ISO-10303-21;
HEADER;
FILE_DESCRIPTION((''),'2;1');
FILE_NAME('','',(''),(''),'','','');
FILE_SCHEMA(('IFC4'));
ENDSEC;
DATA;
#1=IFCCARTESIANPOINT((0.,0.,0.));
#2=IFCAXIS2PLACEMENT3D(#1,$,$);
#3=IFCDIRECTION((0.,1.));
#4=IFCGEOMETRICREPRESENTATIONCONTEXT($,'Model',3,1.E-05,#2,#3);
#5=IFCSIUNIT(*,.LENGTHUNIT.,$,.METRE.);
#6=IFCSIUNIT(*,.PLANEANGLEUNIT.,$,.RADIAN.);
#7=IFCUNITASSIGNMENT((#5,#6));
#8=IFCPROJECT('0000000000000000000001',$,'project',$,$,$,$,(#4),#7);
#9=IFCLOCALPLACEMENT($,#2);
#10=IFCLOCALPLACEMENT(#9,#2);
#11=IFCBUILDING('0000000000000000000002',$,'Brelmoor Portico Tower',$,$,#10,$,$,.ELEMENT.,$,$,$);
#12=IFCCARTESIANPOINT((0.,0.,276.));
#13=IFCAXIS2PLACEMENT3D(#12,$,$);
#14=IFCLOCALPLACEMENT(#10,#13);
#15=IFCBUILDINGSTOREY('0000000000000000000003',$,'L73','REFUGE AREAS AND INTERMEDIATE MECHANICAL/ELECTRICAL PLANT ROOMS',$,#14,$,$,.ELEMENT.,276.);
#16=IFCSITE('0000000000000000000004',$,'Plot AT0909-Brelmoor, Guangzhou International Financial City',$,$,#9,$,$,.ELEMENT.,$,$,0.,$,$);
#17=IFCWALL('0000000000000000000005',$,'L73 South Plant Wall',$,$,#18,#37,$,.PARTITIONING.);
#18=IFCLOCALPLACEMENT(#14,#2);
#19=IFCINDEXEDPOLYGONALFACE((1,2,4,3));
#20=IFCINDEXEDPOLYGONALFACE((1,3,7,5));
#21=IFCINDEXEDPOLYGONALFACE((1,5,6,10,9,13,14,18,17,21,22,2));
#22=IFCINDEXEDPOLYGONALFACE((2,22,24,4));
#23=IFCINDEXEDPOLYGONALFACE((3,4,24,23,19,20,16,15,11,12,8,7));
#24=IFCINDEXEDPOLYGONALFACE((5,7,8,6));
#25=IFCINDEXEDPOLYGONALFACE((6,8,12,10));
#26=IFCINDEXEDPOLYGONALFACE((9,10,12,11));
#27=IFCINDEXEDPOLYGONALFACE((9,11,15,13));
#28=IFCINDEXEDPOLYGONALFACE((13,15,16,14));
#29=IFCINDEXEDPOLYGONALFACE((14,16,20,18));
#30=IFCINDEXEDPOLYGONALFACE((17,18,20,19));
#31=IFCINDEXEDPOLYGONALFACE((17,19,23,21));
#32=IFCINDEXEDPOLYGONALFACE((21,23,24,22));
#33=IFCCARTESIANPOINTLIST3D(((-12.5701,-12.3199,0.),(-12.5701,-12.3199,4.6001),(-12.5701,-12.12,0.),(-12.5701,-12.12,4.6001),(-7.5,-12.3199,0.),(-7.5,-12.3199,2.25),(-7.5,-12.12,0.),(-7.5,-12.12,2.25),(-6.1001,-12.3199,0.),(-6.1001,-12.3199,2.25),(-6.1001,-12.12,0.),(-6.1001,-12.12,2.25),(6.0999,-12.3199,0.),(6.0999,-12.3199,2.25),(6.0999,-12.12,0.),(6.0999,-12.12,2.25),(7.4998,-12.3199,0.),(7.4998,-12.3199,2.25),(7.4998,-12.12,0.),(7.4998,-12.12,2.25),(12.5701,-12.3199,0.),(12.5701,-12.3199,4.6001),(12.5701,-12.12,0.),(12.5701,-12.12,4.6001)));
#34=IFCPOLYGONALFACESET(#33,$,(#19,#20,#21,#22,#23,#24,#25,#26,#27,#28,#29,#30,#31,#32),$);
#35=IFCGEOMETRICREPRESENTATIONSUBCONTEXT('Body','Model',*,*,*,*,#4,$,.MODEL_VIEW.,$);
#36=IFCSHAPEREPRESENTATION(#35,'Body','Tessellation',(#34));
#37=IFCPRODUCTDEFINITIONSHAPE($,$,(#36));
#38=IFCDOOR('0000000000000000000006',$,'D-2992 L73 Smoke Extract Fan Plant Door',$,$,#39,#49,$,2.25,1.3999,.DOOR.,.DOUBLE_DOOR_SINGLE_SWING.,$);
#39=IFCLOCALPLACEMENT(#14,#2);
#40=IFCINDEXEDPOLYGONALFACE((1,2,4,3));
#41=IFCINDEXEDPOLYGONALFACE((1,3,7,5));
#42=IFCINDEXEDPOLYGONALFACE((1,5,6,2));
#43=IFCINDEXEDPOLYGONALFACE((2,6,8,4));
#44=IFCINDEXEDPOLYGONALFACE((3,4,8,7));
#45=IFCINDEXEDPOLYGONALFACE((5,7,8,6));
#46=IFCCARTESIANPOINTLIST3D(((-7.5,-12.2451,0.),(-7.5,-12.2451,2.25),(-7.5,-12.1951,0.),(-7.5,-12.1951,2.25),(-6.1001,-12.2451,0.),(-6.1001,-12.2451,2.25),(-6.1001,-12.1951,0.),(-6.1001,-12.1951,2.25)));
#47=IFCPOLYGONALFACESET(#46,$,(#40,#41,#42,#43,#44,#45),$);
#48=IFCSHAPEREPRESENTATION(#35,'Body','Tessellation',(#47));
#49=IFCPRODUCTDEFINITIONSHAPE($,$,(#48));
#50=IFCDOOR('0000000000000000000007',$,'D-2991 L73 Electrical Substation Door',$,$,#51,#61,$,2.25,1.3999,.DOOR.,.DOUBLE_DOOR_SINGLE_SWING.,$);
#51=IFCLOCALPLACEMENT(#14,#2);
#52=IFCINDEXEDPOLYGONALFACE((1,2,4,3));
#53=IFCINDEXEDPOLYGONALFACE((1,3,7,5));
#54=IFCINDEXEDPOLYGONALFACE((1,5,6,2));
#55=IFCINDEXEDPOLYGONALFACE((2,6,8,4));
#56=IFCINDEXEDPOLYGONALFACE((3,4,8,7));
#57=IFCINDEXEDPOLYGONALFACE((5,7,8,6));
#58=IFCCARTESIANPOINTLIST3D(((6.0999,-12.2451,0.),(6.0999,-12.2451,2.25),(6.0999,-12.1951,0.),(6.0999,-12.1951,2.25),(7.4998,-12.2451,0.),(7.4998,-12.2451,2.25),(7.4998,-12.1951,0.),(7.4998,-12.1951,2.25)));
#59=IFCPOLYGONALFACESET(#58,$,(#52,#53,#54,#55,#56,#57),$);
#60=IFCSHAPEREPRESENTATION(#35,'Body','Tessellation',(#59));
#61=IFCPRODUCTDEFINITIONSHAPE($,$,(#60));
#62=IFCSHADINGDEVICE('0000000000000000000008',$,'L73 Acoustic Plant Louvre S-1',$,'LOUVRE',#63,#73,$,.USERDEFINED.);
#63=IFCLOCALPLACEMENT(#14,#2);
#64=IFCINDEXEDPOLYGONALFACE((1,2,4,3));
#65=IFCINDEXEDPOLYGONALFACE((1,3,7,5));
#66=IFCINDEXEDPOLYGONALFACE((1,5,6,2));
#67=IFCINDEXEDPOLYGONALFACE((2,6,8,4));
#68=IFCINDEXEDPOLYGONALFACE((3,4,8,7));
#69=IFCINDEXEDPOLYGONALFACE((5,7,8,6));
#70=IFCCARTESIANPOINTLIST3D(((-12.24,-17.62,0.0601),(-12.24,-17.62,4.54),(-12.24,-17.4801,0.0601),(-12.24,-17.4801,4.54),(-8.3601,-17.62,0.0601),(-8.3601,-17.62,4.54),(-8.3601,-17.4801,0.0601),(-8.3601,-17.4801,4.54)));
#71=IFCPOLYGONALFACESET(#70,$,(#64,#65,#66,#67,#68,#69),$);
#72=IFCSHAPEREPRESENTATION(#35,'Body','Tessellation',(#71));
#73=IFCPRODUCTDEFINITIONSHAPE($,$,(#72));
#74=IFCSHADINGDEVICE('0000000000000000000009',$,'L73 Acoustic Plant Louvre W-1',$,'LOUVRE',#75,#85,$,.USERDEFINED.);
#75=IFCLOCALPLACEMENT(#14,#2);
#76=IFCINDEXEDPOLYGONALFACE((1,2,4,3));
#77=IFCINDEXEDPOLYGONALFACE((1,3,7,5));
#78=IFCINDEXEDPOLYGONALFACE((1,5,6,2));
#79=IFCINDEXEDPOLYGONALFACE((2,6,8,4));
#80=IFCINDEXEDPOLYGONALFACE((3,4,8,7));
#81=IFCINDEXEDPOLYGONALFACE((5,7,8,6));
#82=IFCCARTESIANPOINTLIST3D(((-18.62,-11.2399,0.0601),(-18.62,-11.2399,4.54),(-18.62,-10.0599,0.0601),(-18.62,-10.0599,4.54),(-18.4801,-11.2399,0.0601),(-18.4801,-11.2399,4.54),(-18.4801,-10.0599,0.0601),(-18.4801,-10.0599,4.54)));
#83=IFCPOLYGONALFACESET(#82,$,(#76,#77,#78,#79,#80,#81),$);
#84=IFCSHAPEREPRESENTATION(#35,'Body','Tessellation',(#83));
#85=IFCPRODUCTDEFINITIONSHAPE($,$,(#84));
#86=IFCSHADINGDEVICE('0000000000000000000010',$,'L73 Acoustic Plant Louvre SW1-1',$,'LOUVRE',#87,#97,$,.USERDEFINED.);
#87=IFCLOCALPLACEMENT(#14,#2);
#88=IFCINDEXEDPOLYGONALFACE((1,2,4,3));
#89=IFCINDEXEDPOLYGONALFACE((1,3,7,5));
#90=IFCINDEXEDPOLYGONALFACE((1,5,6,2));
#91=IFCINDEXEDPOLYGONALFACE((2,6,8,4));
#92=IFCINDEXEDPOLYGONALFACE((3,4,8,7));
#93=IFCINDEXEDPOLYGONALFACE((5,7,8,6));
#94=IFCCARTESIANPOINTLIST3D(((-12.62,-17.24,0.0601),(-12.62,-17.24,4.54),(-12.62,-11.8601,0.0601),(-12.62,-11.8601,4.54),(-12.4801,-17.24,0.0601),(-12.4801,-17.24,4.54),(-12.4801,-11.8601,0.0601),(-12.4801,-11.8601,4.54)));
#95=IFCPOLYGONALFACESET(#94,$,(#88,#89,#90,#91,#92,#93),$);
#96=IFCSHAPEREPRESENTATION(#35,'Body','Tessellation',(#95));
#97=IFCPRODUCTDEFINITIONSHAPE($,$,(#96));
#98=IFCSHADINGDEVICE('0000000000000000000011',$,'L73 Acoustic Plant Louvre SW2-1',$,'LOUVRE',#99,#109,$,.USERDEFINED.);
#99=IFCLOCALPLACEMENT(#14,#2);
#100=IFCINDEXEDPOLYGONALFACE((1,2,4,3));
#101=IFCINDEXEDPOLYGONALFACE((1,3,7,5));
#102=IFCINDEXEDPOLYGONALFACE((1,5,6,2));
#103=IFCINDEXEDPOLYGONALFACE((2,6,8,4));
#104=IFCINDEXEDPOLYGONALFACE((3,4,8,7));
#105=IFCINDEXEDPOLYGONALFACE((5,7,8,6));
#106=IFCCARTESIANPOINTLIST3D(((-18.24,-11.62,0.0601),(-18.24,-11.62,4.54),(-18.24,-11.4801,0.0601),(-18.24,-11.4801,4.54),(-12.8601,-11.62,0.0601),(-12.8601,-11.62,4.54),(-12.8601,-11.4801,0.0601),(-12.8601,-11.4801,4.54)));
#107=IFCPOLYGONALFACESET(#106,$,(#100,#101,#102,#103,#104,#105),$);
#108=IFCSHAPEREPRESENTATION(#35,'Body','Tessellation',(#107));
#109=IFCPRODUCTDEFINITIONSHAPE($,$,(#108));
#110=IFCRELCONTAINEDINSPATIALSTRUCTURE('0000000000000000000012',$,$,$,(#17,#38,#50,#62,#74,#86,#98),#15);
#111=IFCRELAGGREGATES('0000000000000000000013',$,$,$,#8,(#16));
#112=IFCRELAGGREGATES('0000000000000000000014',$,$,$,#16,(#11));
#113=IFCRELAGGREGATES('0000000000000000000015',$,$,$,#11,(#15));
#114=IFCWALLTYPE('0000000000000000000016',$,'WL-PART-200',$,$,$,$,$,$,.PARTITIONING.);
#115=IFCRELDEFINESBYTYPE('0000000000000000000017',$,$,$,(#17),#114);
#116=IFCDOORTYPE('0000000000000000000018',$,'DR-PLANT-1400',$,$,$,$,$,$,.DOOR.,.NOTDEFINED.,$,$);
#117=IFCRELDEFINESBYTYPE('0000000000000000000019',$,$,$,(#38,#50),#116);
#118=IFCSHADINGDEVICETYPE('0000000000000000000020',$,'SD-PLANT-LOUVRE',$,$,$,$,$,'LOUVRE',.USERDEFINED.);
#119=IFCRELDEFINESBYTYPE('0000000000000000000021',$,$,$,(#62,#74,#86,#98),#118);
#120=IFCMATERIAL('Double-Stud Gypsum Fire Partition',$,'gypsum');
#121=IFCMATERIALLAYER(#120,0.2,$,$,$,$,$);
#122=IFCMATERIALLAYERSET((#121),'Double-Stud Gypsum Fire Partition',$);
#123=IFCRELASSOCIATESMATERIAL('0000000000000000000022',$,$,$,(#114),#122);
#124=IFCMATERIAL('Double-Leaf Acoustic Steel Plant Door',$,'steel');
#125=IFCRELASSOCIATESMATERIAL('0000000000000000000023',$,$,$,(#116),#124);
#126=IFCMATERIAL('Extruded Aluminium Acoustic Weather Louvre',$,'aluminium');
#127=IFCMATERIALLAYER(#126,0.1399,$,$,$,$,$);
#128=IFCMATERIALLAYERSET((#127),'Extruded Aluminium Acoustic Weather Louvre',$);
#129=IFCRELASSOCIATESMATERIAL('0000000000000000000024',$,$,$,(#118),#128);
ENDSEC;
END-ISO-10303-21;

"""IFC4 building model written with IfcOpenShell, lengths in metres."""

from ifc_helpers import new_model, si_unit, direction, frame, frame_2d, origin, origin_2d, place, context, subcontext, project, spatial, rectangle, extrude, material, layer, layer_set, type_object, element, fill, save


model = new_model("IFC4")

# Units and contexts
model_context = context("Model", 3, precision=1e-05, world=origin(), true_north=direction((0.0, 1.0)))
body_context = subcontext(model_context, "Body", "Model", "MODEL_VIEW")
ifc_project = project(units=[si_unit("LENGTHUNIT", "METRE"), si_unit("PLANEANGLEUNIT", "RADIAN")], contexts=[model_context])

# Site, building, storey
site_placement = place(None, origin())
site = spatial("IfcSite", under=ifc_project, at=site_placement, Name="Plot AT0909-Brelmoor, Guangzhou International Financial City", CompositionType="ELEMENT", RefElevation=0.0)
building_placement = place(site_placement, origin())
building = spatial("IfcBuilding", under=site, at=building_placement, Name="Brelmoor Portico Tower", CompositionType="ELEMENT")
storey_placement = place(building_placement, frame((0.0, 0.0, 276.0)))
storey = spatial("IfcBuildingStorey", under=building, at=storey_placement, Name="L73", Description="REFUGE AREAS AND INTERMEDIATE MECHANICAL/ELECTRICAL PLANT ROOMS", CompositionType="ELEMENT", Elevation=276.0)

# Shared definitions
ifc_material_1 = material(Name="Double-Stud Gypsum Fire Partition", Category="gypsum")
ifc_layer_1 = layer(ifc_material_1, 0.2)
ifc_layer_set_1 = layer_set([ifc_layer_1], Name="Double-Stud Gypsum Fire Partition")
wall_type_1 = type_object("IfcWallType", Name="WL-PART-200", PredefinedType="PARTITIONING", material=ifc_layer_set_1)

# Wall, openings, doors
wall_1_placement = place(storey_placement, frame((-12.5701, -12.22, 0.0), z_axis=(0.0, 0.0, 1.0), x_axis=(1.0, 0.0, 0.0)))
wall_1 = element("IfcWall", 1, at=wall_1_placement, inside=storey, type_object=wall_type_1, Name="L73 South Plant Wall", PredefinedType="PARTITIONING", context=body_context, shape_type="SweptSolid", body=[
    extrude(rectangle(XDim=25.1401, YDim=0.2, at=frame_2d((12.5701, 0.0))), origin(), (0.0, 0.0, 1.0), 4.6001),
])
opening_1_placement = place(wall_1_placement, frame((5.0701, 0.0, 0.0)))
opening_1 = element("IfcOpeningElement", 2, at=opening_1_placement, cuts=wall_1, PredefinedType="OPENING", context=body_context, shape_type="SweptSolid", body=[
    extrude(rectangle(XDim=1.3999, YDim=2.25, at=frame_2d((0.7, 1.125))), frame((0.0, 0.1099, 0.0), z_axis=(0.0, -1.0, 0.0), x_axis=(1.0, 0.0, 0.0)), (0.0, 0.0, 1.0), 0.22),
])
opening_2_placement = place(wall_1_placement, frame((18.6699, 0.0, 0.0)))
opening_2 = element("IfcOpeningElement", 3, at=opening_2_placement, cuts=wall_1, PredefinedType="OPENING", context=body_context, shape_type="SweptSolid", body=[
    extrude(rectangle(XDim=1.3999, YDim=2.25, at=frame_2d((0.7, 1.125))), frame((0.0, 0.1099, 0.0), z_axis=(0.0, -1.0, 0.0), x_axis=(1.0, 0.0, 0.0)), (0.0, 0.0, 1.0), 0.22),
])
ifc_material_2 = material(Name="Double-Leaf Acoustic Steel Plant Door", Category="steel")
door_type_1 = type_object("IfcDoorType", Name="DR-PLANT-1400", OperationType="NOTDEFINED", PredefinedType="DOOR", material=ifc_material_2)
door_1_placement = place(opening_1_placement, origin())
door_1 = element("IfcDoor", 4, at=door_1_placement, inside=storey, type_object=door_type_1, Name="D-2992 L73 Smoke Extract Fan Plant Door", OperationType="DOUBLE_DOOR_SINGLE_SWING", OverallHeight=2.25, OverallWidth=1.3999, PredefinedType="DOOR", context=body_context, shape_type="SweptSolid", body=[
    extrude(rectangle(XDim=1.3999, YDim=2.25, at=frame_2d((0.7, 1.125))), frame((0.0, 0.0249, 0.0), z_axis=(0.0, -1.0, 0.0), x_axis=(1.0, 0.0, 0.0)), (0.0, 0.0, 1.0), 0.05),
])
fill(opening_1, door_1)
door_2_placement = place(opening_2_placement, origin())
door_2 = element("IfcDoor", 5, at=door_2_placement, inside=storey, type_object=door_type_1, Name="D-2991 L73 Electrical Substation Door", OperationType="DOUBLE_DOOR_SINGLE_SWING", OverallHeight=2.25, OverallWidth=1.3999, PredefinedType="DOOR", context=body_context, shape_type="SweptSolid", body=[
    extrude(rectangle(XDim=1.3999, YDim=2.25, at=frame_2d((0.7, 1.125))), frame((0.0, 0.0249, 0.0), z_axis=(0.0, -1.0, 0.0), x_axis=(1.0, 0.0, 0.0)), (0.0, 0.0, 1.0), 0.05),
])
fill(opening_2, door_2)

# Shading devices
ifc_material_3 = material(Name="Extruded Aluminium Acoustic Weather Louvre", Category="aluminium")
ifc_layer_2 = layer(ifc_material_3, 0.1399)
ifc_layer_set_2 = layer_set([ifc_layer_2], Name="Extruded Aluminium Acoustic Weather Louvre")
shading_device_type = type_object("IfcShadingDeviceType", Name="SD-PLANT-LOUVRE", ElementType="LOUVRE", PredefinedType="USERDEFINED", material=ifc_layer_set_2)
shading_device_1_placement = place(storey_placement, frame((-10.3, -17.55, 0.0601), z_axis=(0.0, 0.0, 1.0), x_axis=(1.0, 0.0, 0.0)))
element("IfcShadingDevice", 6, at=shading_device_1_placement, inside=storey, type_object=shading_device_type, Name="L73 Acoustic Plant Louvre S-1", ObjectType="LOUVRE", PredefinedType="USERDEFINED", context=body_context, shape_type="SweptSolid", body=[
    extrude(rectangle(XDim=3.8799, YDim=0.1399, at=origin_2d()), origin(), (0.0, 0.0, 1.0), 4.48),
])
shading_device_2_placement = place(storey_placement, frame((-18.55, -10.6499, 0.0601), z_axis=(0.0, 0.0, 1.0), x_axis=(0.0, 1.0, 0.0)))
element("IfcShadingDevice", 7, at=shading_device_2_placement, inside=storey, type_object=shading_device_type, Name="L73 Acoustic Plant Louvre W-1", ObjectType="LOUVRE", PredefinedType="USERDEFINED", context=body_context, shape_type="SweptSolid", body=[
    extrude(rectangle(XDim=1.1799, YDim=0.1399, at=origin_2d()), origin(), (0.0, 0.0, 1.0), 4.48),
])
for number, where, z_axis, x_axis, name in (
    (8, (-12.55, -14.55, 0.0601), (0.0, 0.0, 1.0), (0.0, 1.0, 0.0), "L73 Acoustic Plant Louvre SW1-1"),
    (9, (-15.55, -11.55, 0.0601), (0.0, 0.0, 1.0), (1.0, 0.0, 0.0), "L73 Acoustic Plant Louvre SW2-1"),
):
    element("IfcShadingDevice", number, at=place(storey_placement, frame(where, z_axis=z_axis, x_axis=x_axis)), inside=storey, type_object=shading_device_type, Name=name, ObjectType="LOUVRE", PredefinedType="USERDEFINED", context=body_context, shape_type="SweptSolid", body=[
        extrude(rectangle(XDim=5.3799, YDim=0.1399, at=origin_2d()), origin(), (0.0, 0.0, 1.0), 4.48),
    ])

save(model, "model.ifc")
